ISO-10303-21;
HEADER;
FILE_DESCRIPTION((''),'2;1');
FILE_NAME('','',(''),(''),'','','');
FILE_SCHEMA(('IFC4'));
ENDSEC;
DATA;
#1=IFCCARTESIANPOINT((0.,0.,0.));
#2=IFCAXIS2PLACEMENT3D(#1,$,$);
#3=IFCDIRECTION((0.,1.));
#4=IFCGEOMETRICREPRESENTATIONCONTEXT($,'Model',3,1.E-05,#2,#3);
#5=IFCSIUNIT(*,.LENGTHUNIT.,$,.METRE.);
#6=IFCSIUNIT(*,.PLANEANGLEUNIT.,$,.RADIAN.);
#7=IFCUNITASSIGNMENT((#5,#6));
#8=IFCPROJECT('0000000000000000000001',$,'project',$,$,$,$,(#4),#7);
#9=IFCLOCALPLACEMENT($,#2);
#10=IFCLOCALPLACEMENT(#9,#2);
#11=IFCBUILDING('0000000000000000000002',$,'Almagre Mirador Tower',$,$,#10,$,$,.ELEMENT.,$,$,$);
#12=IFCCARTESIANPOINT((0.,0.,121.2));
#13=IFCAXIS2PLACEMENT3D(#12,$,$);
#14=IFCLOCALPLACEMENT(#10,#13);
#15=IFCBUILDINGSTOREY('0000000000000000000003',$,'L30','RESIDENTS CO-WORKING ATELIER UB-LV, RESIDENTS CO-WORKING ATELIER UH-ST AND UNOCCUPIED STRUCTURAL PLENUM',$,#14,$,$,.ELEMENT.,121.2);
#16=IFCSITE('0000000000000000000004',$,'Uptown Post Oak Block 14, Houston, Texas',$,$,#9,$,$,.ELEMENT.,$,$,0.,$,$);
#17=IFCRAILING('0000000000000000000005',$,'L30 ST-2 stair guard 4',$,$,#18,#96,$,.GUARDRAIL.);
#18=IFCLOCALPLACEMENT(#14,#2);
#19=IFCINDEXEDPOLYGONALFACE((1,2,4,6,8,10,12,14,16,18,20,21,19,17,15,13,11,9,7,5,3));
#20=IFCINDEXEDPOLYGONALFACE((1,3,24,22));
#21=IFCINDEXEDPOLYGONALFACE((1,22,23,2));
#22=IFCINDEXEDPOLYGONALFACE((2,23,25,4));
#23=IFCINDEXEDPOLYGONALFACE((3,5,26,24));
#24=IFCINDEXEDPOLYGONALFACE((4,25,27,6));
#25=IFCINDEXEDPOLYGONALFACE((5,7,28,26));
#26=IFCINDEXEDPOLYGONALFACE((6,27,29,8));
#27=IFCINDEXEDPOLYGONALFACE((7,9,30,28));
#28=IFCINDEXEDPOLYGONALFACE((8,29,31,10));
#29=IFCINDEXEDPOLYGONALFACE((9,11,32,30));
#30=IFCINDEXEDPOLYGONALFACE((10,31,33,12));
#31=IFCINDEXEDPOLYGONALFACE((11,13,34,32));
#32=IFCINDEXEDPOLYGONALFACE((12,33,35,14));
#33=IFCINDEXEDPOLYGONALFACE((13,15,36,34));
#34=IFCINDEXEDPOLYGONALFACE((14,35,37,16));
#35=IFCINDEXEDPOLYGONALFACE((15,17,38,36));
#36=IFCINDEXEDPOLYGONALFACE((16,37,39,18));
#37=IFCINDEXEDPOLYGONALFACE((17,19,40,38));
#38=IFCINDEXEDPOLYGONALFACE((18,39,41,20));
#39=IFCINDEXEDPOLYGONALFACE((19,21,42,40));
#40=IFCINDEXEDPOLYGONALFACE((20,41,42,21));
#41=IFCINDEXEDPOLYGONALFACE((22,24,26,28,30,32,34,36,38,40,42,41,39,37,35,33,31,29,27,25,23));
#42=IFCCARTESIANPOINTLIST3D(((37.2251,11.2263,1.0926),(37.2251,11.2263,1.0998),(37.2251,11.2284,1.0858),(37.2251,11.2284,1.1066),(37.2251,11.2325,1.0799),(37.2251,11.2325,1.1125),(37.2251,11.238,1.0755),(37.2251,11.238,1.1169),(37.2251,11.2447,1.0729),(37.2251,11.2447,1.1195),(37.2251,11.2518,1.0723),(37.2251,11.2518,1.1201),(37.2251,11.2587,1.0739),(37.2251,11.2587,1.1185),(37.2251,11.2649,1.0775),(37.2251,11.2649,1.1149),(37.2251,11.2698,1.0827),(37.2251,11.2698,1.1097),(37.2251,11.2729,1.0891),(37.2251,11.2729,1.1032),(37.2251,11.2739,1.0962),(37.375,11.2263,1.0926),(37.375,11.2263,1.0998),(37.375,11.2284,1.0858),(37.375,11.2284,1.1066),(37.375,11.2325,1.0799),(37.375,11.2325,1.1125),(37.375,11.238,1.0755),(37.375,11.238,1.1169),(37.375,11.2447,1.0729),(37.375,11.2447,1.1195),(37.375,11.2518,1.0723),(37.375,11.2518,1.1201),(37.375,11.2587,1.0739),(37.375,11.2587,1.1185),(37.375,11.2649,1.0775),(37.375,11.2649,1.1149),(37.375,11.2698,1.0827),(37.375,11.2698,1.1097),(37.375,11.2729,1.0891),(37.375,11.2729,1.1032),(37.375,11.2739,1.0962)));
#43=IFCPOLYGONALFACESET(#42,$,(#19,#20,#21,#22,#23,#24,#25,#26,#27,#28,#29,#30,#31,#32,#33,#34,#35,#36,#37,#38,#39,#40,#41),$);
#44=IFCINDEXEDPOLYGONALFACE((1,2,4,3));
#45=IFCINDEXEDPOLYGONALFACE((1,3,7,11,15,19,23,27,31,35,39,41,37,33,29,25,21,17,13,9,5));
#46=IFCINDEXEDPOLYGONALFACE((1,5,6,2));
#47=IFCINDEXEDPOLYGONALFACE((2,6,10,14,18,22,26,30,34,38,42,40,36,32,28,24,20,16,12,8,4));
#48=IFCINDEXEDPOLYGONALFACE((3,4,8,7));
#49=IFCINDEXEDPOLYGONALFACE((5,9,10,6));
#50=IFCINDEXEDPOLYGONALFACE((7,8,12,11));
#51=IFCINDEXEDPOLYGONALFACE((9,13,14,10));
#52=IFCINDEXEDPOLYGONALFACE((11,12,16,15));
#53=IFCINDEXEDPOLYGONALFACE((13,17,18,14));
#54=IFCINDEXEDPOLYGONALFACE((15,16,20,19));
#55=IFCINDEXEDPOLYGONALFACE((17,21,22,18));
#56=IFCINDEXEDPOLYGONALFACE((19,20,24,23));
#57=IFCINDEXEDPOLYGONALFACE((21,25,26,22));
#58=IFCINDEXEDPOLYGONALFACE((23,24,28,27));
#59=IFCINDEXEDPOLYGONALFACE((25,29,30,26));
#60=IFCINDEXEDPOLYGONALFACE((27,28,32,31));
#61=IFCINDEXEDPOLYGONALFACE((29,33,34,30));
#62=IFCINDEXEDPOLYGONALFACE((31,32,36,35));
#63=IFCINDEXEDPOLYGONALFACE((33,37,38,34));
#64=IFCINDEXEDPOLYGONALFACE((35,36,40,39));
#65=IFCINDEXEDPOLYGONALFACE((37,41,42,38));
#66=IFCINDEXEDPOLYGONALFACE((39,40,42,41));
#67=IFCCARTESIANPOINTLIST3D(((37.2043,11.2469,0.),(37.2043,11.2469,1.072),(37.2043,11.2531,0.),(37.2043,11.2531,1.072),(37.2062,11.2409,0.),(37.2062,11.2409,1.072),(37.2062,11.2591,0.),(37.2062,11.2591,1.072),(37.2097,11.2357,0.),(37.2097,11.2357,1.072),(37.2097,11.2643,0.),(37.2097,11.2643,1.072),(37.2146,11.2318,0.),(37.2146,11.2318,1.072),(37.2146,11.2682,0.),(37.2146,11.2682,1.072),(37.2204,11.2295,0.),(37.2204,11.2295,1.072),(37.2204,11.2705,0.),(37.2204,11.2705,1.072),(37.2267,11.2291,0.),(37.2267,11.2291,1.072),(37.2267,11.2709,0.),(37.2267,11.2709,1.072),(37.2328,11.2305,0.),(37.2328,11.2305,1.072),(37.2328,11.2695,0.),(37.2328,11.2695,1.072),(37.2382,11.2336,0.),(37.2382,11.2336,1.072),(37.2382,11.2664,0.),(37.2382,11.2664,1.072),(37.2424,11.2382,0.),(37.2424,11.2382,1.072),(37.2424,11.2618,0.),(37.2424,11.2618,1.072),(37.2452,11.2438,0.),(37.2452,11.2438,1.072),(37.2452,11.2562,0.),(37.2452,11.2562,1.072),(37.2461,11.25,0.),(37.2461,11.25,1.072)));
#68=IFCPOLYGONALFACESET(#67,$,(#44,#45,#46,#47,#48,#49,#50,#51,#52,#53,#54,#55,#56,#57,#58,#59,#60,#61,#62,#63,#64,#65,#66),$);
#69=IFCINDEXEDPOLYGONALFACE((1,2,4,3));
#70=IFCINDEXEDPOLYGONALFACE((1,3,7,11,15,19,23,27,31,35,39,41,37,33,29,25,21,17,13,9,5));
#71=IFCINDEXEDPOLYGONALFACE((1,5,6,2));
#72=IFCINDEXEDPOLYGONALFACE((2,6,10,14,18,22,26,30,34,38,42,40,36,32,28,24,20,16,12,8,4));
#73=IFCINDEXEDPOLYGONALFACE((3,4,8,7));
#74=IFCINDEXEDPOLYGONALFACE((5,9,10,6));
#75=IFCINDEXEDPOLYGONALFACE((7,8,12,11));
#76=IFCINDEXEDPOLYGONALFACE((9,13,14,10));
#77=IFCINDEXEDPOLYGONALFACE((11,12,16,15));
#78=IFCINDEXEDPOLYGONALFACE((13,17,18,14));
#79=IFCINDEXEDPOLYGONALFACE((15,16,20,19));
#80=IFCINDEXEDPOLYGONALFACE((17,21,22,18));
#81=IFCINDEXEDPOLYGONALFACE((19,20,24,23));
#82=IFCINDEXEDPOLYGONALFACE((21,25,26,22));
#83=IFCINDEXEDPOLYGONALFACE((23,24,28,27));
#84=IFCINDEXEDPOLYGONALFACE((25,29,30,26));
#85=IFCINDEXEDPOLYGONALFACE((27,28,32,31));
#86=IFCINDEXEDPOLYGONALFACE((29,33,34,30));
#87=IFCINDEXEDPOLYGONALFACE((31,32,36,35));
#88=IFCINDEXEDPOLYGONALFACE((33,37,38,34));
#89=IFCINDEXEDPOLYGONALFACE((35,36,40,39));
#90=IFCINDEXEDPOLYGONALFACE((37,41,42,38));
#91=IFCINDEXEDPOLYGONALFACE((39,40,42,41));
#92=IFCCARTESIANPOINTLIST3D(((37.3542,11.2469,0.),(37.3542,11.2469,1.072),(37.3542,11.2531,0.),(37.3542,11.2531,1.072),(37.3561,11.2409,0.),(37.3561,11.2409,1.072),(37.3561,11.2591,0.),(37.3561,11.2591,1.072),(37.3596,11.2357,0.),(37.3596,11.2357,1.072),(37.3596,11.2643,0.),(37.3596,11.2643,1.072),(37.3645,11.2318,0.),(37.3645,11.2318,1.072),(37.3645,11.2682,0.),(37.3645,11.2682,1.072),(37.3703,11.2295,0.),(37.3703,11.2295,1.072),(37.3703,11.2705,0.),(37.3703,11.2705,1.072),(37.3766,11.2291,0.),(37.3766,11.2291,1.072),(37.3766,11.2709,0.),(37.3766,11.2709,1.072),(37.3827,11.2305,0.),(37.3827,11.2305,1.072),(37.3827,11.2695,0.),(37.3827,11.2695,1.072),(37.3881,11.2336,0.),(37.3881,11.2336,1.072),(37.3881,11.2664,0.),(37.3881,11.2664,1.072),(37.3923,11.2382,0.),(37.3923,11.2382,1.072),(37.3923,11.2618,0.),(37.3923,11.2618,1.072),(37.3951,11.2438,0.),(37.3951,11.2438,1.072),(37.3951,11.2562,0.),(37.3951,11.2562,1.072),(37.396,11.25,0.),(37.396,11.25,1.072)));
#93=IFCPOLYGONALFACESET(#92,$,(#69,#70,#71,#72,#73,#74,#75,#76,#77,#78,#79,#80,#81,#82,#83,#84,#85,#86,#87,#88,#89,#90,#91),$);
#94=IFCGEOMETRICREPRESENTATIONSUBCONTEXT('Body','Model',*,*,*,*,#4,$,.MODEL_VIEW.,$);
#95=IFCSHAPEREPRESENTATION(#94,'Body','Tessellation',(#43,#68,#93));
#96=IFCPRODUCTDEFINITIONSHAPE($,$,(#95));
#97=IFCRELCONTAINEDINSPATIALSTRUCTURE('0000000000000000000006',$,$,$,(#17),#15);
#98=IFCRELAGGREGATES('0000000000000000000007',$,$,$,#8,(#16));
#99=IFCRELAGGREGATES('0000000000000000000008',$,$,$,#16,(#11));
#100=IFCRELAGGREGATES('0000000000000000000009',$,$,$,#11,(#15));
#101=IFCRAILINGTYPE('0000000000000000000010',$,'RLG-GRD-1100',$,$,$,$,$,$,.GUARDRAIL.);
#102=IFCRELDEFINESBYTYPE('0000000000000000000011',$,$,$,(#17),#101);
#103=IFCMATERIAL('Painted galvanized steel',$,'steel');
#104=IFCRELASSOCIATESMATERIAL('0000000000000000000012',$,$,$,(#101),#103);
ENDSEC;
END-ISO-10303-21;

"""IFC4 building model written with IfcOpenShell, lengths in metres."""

from ifc_helpers import new_model, si_unit, direction, frame, origin, origin_2d, place, context, subcontext, project, spatial, circle, extrude, material, type_object, element, save


model = new_model("IFC4")

# Units and contexts
model_context = context("Model", 3, precision=1e-05, world=origin(), true_north=direction((0.0, 1.0)))
body_context = subcontext(model_context, "Body", "Model", "MODEL_VIEW")
ifc_project = project(units=[si_unit("LENGTHUNIT", "METRE"), si_unit("PLANEANGLEUNIT", "RADIAN")], contexts=[model_context])

# Site, building, storey
site_placement = place(None, origin())
site = spatial("IfcSite", under=ifc_project, at=site_placement, Name="Uptown Post Oak Block 14, Houston, Texas", CompositionType="ELEMENT", RefElevation=0.0)
building_placement = place(site_placement, origin())
building = spatial("IfcBuilding", under=site, at=building_placement, Name="Almagre Mirador Tower", CompositionType="ELEMENT")
storey_placement = place(building_placement, frame((0.0, 0.0, 121.2)))
storey = spatial("IfcBuildingStorey", under=building, at=storey_placement, Name="L30", Description="RESIDENTS CO-WORKING ATELIER UB-LV, RESIDENTS CO-WORKING ATELIER UH-ST AND UNOCCUPIED STRUCTURAL PLENUM", CompositionType="ELEMENT", Elevation=121.2)

# Railing
ifc_material_1 = material(Name="Painted galvanized steel", Category="steel")
railing_type_1 = type_object("IfcRailingType", Name="RLG-GRD-1100", PredefinedType="GUARDRAIL", material=ifc_material_1)
railing_1_placement = place(storey_placement, frame((37.2251, 11.25, 0.0)))
element("IfcRailing", 1, at=railing_1_placement, inside=storey, type_object=railing_type_1, Name="L30 ST-2 stair guard 4", PredefinedType="GUARDRAIL", context=body_context, shape_type="SweptSolid", body=[
    extrude(circle(Radius=0.0239, at=origin_2d()), frame((0.0, 0.0, 1.0962), z_axis=(1.0, 0.0, 0.0), x_axis=(0.0, 1.0, 0.0)), (0.0, 0.0, 1.0), 0.1499),
    extrude(circle(Radius=0.021, at=origin_2d()), origin(), (0.0, 0.0, 1.0), 1.072),
    extrude(circle(Radius=0.021, at=origin_2d()), frame((0.1499, 0.0, 0.0)), (0.0, 0.0, 1.0), 1.072),
])

save(model, "model.ifc")
